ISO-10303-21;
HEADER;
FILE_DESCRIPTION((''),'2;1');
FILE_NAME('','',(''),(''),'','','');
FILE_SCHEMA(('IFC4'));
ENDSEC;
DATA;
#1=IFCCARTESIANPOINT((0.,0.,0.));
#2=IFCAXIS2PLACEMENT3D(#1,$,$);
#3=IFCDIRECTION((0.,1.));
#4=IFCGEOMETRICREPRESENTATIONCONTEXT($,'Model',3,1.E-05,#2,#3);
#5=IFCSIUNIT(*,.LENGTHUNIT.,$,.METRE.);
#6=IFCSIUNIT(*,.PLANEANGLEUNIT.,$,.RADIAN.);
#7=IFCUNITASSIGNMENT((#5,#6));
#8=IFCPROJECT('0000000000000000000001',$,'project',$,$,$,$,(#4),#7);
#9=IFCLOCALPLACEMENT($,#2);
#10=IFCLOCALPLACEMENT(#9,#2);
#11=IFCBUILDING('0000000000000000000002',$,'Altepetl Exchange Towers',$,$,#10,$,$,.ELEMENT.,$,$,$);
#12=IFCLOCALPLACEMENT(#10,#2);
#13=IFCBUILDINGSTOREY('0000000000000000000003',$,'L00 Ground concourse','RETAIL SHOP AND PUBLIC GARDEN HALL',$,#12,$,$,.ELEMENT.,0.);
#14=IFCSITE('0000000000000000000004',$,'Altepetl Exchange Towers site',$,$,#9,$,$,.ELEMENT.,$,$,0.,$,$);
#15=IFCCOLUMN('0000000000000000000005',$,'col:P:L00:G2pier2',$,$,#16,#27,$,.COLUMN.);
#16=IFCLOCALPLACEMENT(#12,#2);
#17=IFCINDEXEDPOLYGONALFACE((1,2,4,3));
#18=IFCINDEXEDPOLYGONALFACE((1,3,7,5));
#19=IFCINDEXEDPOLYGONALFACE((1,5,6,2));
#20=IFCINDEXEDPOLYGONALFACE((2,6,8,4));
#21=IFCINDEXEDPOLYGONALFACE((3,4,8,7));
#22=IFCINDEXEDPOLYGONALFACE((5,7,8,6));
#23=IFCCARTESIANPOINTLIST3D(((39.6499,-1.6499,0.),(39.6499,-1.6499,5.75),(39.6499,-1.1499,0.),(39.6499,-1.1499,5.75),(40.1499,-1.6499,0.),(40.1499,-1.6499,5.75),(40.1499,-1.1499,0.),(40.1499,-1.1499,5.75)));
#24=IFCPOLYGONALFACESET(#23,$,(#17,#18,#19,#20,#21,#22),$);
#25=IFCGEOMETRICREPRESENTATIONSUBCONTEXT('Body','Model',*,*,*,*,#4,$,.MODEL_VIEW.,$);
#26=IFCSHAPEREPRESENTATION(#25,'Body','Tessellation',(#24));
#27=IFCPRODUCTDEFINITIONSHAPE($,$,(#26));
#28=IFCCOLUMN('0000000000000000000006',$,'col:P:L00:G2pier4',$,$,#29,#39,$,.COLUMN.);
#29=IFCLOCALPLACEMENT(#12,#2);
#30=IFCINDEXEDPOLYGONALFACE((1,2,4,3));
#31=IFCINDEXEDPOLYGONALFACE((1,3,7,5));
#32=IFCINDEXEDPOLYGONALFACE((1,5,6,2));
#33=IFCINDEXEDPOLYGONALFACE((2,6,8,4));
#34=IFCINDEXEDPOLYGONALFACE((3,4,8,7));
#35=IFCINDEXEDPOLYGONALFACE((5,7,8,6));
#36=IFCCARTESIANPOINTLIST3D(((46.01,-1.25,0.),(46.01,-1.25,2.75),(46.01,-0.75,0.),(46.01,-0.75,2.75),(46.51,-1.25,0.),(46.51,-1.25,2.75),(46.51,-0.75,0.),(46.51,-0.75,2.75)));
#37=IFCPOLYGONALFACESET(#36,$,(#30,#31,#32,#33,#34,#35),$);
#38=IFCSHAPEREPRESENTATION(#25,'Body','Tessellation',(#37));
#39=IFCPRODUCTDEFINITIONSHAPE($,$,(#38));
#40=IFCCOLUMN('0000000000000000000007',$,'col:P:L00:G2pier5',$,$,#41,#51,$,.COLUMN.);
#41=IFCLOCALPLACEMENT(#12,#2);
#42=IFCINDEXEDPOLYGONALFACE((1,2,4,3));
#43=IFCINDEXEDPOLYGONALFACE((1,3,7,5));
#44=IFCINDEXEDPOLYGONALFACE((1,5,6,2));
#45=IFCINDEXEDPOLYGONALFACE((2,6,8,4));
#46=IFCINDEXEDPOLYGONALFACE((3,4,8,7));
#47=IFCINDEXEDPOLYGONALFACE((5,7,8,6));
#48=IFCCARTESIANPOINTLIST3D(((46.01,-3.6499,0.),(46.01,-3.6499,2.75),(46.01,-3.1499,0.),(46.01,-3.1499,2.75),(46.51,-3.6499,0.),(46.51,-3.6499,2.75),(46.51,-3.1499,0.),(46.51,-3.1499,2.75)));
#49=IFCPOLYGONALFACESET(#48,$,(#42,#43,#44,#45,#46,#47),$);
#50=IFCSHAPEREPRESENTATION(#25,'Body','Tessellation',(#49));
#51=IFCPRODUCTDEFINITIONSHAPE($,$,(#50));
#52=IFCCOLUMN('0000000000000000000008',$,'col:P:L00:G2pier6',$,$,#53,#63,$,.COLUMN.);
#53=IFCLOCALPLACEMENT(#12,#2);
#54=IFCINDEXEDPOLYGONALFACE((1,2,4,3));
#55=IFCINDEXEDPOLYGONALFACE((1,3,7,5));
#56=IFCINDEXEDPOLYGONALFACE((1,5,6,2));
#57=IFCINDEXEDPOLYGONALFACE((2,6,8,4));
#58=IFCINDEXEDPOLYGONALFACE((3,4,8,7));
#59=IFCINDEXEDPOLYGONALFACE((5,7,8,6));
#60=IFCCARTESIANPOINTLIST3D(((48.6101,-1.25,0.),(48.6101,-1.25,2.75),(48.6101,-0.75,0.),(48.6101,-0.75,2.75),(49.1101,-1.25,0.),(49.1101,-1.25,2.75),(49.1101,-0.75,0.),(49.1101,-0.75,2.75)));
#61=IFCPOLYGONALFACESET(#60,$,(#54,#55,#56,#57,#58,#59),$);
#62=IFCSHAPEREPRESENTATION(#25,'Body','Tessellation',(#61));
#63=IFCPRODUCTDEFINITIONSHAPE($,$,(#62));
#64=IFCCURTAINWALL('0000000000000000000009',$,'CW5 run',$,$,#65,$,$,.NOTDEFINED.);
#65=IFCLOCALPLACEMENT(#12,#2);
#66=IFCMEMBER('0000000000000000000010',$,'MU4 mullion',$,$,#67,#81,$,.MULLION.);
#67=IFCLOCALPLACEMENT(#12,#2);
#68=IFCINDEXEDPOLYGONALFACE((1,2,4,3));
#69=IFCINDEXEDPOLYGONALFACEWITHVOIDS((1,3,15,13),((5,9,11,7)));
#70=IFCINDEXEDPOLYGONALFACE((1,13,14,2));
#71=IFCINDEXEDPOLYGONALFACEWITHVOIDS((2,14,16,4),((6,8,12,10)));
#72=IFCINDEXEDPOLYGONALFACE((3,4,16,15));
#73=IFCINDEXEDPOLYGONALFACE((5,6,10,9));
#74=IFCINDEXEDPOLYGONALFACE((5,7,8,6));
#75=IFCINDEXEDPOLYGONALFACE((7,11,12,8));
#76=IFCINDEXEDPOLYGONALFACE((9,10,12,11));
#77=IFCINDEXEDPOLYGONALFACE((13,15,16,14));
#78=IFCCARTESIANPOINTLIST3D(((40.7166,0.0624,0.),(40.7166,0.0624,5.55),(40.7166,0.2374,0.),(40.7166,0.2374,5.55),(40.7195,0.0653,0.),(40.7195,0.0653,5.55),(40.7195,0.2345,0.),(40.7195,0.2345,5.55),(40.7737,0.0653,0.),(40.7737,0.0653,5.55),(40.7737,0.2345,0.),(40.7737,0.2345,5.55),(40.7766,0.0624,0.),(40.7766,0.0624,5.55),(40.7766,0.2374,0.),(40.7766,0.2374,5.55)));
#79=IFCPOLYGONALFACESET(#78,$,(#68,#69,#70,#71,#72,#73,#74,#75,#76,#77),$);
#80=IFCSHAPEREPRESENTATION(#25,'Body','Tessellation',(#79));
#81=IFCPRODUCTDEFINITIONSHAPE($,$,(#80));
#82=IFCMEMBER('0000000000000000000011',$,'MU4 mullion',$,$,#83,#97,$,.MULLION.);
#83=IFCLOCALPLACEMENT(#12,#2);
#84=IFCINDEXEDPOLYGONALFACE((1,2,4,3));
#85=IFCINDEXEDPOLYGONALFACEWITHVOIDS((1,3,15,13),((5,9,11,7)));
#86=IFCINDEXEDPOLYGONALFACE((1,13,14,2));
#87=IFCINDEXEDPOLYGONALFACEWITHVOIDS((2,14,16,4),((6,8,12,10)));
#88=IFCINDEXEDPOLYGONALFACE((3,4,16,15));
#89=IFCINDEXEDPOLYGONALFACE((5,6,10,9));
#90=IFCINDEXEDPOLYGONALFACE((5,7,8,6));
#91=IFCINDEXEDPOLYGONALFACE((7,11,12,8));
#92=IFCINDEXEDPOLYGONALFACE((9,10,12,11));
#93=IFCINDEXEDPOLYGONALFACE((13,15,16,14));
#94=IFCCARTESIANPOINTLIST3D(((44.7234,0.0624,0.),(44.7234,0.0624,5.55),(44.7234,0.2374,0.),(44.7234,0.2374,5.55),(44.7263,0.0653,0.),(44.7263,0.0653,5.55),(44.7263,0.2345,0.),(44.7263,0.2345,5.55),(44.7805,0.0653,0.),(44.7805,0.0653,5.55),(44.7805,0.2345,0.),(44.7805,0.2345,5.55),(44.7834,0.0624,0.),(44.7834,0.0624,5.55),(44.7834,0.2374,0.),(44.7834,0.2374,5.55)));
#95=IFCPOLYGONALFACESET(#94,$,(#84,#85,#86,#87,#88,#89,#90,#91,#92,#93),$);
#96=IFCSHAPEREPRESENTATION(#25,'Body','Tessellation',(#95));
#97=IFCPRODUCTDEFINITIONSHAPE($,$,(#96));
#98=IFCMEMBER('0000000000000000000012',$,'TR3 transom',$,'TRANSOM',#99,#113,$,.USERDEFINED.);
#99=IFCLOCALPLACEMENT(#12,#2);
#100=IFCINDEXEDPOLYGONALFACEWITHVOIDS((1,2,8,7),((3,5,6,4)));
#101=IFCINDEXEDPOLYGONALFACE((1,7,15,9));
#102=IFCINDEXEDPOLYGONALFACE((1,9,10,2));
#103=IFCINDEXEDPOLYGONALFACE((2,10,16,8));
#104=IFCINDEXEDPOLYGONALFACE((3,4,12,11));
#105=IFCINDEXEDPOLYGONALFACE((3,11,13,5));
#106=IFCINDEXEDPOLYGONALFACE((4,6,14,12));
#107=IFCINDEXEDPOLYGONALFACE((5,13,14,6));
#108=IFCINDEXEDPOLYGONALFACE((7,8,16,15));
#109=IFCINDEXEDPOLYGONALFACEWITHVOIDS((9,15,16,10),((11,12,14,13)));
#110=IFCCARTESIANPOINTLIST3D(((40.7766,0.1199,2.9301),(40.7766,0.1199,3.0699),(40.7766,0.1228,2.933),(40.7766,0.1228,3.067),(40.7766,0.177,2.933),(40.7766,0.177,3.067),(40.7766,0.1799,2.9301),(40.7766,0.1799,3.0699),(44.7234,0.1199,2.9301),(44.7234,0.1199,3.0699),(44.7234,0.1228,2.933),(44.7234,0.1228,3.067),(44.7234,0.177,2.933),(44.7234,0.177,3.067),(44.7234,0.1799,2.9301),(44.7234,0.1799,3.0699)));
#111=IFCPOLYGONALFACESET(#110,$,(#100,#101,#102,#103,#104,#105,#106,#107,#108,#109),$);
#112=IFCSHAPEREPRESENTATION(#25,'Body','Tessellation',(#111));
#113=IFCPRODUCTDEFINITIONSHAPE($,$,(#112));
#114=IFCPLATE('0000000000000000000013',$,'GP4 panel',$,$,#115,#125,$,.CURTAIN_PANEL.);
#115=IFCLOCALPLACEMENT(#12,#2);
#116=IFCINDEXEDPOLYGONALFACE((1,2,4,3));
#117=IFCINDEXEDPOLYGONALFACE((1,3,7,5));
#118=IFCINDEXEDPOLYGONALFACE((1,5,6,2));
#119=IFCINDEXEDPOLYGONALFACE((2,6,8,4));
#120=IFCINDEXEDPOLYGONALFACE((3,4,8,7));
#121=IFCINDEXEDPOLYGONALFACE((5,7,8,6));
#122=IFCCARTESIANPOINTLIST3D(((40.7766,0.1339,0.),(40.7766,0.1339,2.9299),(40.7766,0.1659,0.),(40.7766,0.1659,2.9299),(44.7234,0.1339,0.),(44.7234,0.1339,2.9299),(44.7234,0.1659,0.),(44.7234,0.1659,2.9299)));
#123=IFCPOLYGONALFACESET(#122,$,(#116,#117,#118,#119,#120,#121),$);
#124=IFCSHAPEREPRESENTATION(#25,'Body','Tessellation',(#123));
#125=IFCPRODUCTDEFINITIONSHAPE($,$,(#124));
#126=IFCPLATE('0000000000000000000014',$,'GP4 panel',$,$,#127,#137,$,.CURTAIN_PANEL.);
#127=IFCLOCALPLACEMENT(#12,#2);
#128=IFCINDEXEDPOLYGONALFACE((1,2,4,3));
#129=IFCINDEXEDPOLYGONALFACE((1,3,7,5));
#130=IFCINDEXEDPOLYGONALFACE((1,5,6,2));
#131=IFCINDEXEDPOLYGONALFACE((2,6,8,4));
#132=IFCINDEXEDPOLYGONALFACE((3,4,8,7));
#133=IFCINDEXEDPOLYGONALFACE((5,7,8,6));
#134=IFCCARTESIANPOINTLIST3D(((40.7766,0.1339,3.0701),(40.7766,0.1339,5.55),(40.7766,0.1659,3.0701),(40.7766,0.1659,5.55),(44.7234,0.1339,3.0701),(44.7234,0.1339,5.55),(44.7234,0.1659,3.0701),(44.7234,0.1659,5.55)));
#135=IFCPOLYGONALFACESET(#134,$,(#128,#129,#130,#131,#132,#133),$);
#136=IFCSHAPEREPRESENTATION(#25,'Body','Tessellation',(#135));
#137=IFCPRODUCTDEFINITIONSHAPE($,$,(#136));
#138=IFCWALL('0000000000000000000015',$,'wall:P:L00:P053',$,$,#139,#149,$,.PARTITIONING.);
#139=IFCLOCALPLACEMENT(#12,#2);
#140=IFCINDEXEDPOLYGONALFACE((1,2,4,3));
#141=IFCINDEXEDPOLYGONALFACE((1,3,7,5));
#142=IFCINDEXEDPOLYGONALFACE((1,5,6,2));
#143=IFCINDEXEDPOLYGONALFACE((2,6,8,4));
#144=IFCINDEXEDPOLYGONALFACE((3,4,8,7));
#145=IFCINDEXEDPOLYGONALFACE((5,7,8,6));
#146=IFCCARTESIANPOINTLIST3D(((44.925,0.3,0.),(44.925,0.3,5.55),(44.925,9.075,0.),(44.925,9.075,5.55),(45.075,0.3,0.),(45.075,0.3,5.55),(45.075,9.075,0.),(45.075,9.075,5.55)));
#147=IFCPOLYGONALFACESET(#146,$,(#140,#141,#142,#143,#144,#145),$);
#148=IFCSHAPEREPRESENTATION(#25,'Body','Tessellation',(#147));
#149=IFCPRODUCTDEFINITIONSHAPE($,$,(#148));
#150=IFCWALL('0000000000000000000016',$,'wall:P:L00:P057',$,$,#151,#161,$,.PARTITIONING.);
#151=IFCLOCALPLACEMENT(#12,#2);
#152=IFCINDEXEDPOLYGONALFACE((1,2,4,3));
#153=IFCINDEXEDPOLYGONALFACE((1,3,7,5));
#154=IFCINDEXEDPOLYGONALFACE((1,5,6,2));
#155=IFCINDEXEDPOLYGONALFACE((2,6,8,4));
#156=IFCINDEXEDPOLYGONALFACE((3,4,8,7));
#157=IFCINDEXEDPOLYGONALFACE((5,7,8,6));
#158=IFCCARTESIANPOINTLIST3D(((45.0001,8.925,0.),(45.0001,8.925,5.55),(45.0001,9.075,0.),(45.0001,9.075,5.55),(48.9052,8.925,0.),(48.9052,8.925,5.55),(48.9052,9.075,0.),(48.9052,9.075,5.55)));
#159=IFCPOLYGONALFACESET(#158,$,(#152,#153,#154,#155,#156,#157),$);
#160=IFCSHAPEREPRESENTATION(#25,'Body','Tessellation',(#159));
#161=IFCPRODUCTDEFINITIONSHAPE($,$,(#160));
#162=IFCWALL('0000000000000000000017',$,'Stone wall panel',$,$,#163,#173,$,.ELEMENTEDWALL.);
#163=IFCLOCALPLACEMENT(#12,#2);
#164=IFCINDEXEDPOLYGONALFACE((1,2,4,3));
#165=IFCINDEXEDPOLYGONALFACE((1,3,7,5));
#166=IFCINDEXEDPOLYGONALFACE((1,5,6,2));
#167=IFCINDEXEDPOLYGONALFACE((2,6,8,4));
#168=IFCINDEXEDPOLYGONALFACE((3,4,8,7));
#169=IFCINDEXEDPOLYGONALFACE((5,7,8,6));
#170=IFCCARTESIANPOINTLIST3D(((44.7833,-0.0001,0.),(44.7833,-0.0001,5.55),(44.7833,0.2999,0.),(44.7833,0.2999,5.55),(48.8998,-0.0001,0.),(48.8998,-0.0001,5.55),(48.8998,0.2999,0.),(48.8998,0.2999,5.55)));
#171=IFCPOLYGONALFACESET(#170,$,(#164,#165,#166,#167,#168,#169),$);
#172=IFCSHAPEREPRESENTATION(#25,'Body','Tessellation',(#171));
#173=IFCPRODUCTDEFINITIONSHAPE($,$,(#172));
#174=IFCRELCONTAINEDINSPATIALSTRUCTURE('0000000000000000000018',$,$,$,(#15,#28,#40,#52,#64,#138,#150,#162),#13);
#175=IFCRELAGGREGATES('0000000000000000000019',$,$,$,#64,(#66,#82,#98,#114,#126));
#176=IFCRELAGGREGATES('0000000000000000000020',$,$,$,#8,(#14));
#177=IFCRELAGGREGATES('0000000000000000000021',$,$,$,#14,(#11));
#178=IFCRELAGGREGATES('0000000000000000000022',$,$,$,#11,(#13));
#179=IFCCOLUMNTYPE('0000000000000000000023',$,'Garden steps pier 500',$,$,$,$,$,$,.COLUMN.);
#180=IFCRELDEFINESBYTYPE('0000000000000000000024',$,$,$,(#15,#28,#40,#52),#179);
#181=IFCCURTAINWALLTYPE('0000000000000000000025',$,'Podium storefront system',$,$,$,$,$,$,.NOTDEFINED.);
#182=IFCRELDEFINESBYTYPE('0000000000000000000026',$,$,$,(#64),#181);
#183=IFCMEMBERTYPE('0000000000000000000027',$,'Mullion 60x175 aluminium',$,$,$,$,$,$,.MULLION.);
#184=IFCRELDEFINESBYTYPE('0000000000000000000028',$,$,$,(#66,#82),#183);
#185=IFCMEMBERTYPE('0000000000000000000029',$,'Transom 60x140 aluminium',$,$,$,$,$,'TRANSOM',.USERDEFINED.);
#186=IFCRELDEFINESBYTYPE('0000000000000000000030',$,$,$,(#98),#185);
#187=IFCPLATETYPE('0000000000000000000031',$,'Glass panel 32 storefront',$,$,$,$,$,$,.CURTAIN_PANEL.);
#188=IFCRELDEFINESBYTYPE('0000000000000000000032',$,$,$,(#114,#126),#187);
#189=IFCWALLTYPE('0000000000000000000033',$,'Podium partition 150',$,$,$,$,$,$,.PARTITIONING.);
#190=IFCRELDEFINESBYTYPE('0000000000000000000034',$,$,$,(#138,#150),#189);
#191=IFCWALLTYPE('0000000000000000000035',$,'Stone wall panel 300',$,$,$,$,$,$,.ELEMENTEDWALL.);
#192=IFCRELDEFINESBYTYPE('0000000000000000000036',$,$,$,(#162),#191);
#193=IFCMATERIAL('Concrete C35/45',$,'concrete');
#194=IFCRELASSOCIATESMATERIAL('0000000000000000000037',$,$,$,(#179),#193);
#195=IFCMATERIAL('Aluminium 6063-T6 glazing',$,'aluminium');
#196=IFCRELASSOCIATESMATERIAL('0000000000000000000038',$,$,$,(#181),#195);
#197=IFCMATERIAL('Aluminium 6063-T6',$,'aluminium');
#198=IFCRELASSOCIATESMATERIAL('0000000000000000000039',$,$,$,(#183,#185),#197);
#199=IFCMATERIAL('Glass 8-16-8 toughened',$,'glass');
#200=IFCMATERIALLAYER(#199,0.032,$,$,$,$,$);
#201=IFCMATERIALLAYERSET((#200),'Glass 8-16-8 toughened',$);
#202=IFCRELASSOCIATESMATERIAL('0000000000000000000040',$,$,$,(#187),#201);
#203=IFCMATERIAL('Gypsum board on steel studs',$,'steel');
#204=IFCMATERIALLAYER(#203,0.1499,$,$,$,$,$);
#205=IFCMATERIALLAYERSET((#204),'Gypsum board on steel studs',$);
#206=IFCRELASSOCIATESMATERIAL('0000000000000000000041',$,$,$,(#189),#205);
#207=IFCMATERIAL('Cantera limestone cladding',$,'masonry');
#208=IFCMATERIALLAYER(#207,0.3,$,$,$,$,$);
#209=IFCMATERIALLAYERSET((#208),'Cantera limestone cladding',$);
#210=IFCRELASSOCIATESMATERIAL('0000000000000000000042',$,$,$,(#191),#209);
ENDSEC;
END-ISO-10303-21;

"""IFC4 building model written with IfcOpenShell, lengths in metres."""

from ifc_helpers import new_model, si_unit, direction, frame, frame_2d, origin, origin_2d, place, context, subcontext, project, spatial, rectangle, hollow_rectangle, extrude, material, layer, layer_set, material_profile, profile_set, type_object, element, aggregate, save


model = new_model("IFC4")

# Units and contexts
model_context = context("Model", 3, precision=1e-05, world=origin(), true_north=direction((0.0, 1.0)))
body_context = subcontext(model_context, "Body", "Model", "MODEL_VIEW")
ifc_project = project(units=[si_unit("LENGTHUNIT", "METRE"), si_unit("PLANEANGLEUNIT", "RADIAN")], contexts=[model_context])

# Site, building, storey
site_placement = place(None, origin())
site = spatial("IfcSite", under=ifc_project, at=site_placement, Name="Altepetl Exchange Towers site", CompositionType="ELEMENT", RefElevation=0.0)
building_placement = place(site_placement, origin())
building = spatial("IfcBuilding", under=site, at=building_placement, Name="Altepetl Exchange Towers", CompositionType="ELEMENT")
storey_placement = place(building_placement, origin())
storey = spatial("IfcBuildingStorey", under=building, at=storey_placement, Name="L00 Ground concourse", Description="RETAIL SHOP AND PUBLIC GARDEN HALL", CompositionType="ELEMENT", Elevation=0.0)

# Columns
ifc_material_1 = material(Name="Concrete C35/45", Category="concrete")
ifc_material_profile_1 = material_profile(ifc_material_1, rectangle(XDim=0.5, YDim=0.5, at=origin_2d()), Name="500 x 500")
ifc_profile_set_1 = profile_set([ifc_material_profile_1], Name="Concrete C35/45")
column_type = type_object("IfcColumnType", Name="Garden steps pier 500", PredefinedType="COLUMN", material=ifc_profile_set_1)
column_placement = place(storey_placement, frame((39.8999, -1.3999, 0.0)))
element("IfcColumn", 1, at=column_placement, inside=storey, type_object=column_type, Name="col:P:L00:G2pier2", PredefinedType="COLUMN", context=body_context, shape_type="SweptSolid", body=[
    extrude(rectangle(XDim=0.5, YDim=0.5, at=origin_2d()), origin(), (0.0, 0.0, 1.0), 5.75),
])
for number, where, name in (
    (2, (46.26, -1.0, 0.0), "col:P:L00:G2pier4"),
    (3, (46.26, -3.3999, 0.0), "col:P:L00:G2pier5"),
    (4, (48.8601, -1.0, 0.0), "col:P:L00:G2pier6"),
):
    element("IfcColumn", number, at=place(storey_placement, frame(where)), inside=storey, type_object=column_type, Name=name, PredefinedType="COLUMN", context=body_context, shape_type="SweptSolid", body=[
        extrude(rectangle(XDim=0.5, YDim=0.5, at=origin_2d()), origin(), (0.0, 0.0, 1.0), 2.75),
    ])

# Curtain wall, members, plates
ifc_material_2 = material(Name="Aluminium 6063-T6 glazing", Category="aluminium")
curtain_wall_type = type_object("IfcCurtainWallType", Name="Podium storefront system", PredefinedType="NOTDEFINED", material=ifc_material_2)
curtain_wall_placement = place(storey_placement, origin())
curtain_wall = element("IfcCurtainWall", 5, at=curtain_wall_placement, inside=storey, type_object=curtain_wall_type, Name="CW5 run", PredefinedType="NOTDEFINED")
ifc_material_3 = material(Name="Aluminium 6063-T6", Category="aluminium")
ifc_material_profile_2 = material_profile(ifc_material_3, hollow_rectangle(XDim=0.0601, YDim=0.175, WallThickness=0.0029, at=origin_2d()), Name="Mullion 60x175 aluminium")
ifc_profile_set_2 = profile_set([ifc_material_profile_2], Name="Aluminium 6063-T6")
member_type_1 = type_object("IfcMemberType", Name="Mullion 60x175 aluminium", PredefinedType="MULLION", material=ifc_profile_set_2)
member_1_placement = place(storey_placement, frame((40.7466, 0.1499, 0.0)))
member_1 = element("IfcMember", 6, at=member_1_placement, type_object=member_type_1, Name="MU4 mullion", PredefinedType="MULLION", context=body_context, shape_type="SweptSolid", body=[
    extrude(hollow_rectangle(XDim=0.0601, YDim=0.175, WallThickness=0.0029, at=origin_2d()), origin(), (0.0, 0.0, 1.0), 5.55),
])
member_2_placement = place(storey_placement, frame((44.7534, 0.1499, 0.0)))
member_2 = element("IfcMember", 7, at=member_2_placement, type_object=member_type_1, Name="MU4 mullion", PredefinedType="MULLION", context=body_context, shape_type="SweptSolid", body=[
    extrude(hollow_rectangle(XDim=0.0601, YDim=0.175, WallThickness=0.0029, at=origin_2d()), origin(), (0.0, 0.0, 1.0), 5.55),
])
ifc_material_profile_3 = material_profile(ifc_material_3, hollow_rectangle(XDim=0.0601, YDim=0.1399, WallThickness=0.0029, at=origin_2d()), Name="Transom 60x140 aluminium")
ifc_profile_set_3 = profile_set([ifc_material_profile_3], Name="Aluminium 6063-T6")
member_type_2 = type_object("IfcMemberType", Name="Transom 60x140 aluminium", ElementType="TRANSOM", PredefinedType="USERDEFINED", material=ifc_profile_set_3)
member_3_placement = place(storey_placement, frame((40.7766, 0.1499, 3.0), z_axis=(1.0, 0.0, 0.0), x_axis=(0.0, 1.0, 0.0)))
member_3 = element("IfcMember", 8, at=member_3_placement, type_object=member_type_2, Name="TR3 transom", ObjectType="TRANSOM", PredefinedType="USERDEFINED", context=body_context, shape_type="SweptSolid", body=[
    extrude(hollow_rectangle(XDim=0.0601, YDim=0.1399, WallThickness=0.0029, at=origin_2d()), origin(), (0.0, 0.0, 1.0), 3.9468),
])
ifc_material_4 = material(Name="Glass 8-16-8 toughened", Category="glass")
ifc_layer_1 = layer(ifc_material_4, 0.032)
ifc_layer_set_1 = layer_set([ifc_layer_1], Name="Glass 8-16-8 toughened")
plate_type = type_object("IfcPlateType", Name="Glass panel 32 storefront", PredefinedType="CURTAIN_PANEL", material=ifc_layer_set_1)
plate_1_placement = place(storey_placement, frame((42.75, 0.1499, 0.0)))
plate_1 = element("IfcPlate", 9, at=plate_1_placement, type_object=plate_type, Name="GP4 panel", PredefinedType="CURTAIN_PANEL", context=body_context, shape_type="SweptSolid", body=[
    extrude(rectangle(XDim=3.9468, YDim=0.032, at=origin_2d()), origin(), (0.0, 0.0, 1.0), 2.9299),
])
plate_2_placement = place(storey_placement, frame((42.75, 0.1499, 3.0701)))
plate_2 = element("IfcPlate", 10, at=plate_2_placement, type_object=plate_type, Name="GP4 panel", PredefinedType="CURTAIN_PANEL", context=body_context, shape_type="SweptSolid", body=[
    extrude(rectangle(XDim=3.9468, YDim=0.032, at=origin_2d()), origin(), (0.0, 0.0, 1.0), 2.48),
])
aggregate(curtain_wall, [member_1, member_2, member_3, plate_1, plate_2])

# Walls
ifc_material_5 = material(Name="Gypsum board on steel studs", Category="steel")
ifc_layer_2 = layer(ifc_material_5, 0.1499)
ifc_layer_set_2 = layer_set([ifc_layer_2], Name="Gypsum board on steel studs")
wall_type_1 = type_object("IfcWallType", Name="Podium partition 150", PredefinedType="PARTITIONING", material=ifc_layer_set_2)
wall_1_placement = place(storey_placement, frame((45.0, 0.3, 0.0), z_axis=(0.0, 0.0, 1.0), x_axis=(0.0, 1.0, 0.0)))
element("IfcWall", 11, at=wall_1_placement, inside=storey, type_object=wall_type_1, Name="wall:P:L00:P053", PredefinedType="PARTITIONING", context=body_context, shape_type="SweptSolid", body=[
    extrude(rectangle(XDim=8.7749, YDim=0.1499, at=frame_2d((4.3875, 0.0))), origin(), (0.0, 0.0, 1.0), 5.55),
])
wall_2_placement = place(storey_placement, frame((45.0, 9.0, 0.0)))
element("IfcWall", 12, at=wall_2_placement, inside=storey, type_object=wall_type_1, Name="wall:P:L00:P057", PredefinedType="PARTITIONING", context=body_context, shape_type="SweptSolid", body=[
    extrude(rectangle(XDim=3.905, YDim=0.1499, at=frame_2d((1.9526, 0.0))), origin(), (0.0, 0.0, 1.0), 5.55),
])
ifc_material_6 = material(Name="Cantera limestone cladding", Category="masonry")
ifc_layer_3 = layer(ifc_material_6, 0.3)
ifc_layer_set_3 = layer_set([ifc_layer_3], Name="Cantera limestone cladding")
wall_type_2 = type_object("IfcWallType", Name="Stone wall panel 300", PredefinedType="ELEMENTEDWALL", material=ifc_layer_set_3)
wall_3_placement = place(storey_placement, frame((44.7834, 0.1499, 0.0)))
element("IfcWall", 13, at=wall_3_placement, inside=storey, type_object=wall_type_2, Name="Stone wall panel", PredefinedType="ELEMENTEDWALL", context=body_context, shape_type="SweptSolid", body=[
    extrude(rectangle(XDim=4.1165, YDim=0.3, at=frame_2d((2.0581, 0.0))), origin(), (0.0, 0.0, 1.0), 5.55),
])

save(model, "model.ifc")
